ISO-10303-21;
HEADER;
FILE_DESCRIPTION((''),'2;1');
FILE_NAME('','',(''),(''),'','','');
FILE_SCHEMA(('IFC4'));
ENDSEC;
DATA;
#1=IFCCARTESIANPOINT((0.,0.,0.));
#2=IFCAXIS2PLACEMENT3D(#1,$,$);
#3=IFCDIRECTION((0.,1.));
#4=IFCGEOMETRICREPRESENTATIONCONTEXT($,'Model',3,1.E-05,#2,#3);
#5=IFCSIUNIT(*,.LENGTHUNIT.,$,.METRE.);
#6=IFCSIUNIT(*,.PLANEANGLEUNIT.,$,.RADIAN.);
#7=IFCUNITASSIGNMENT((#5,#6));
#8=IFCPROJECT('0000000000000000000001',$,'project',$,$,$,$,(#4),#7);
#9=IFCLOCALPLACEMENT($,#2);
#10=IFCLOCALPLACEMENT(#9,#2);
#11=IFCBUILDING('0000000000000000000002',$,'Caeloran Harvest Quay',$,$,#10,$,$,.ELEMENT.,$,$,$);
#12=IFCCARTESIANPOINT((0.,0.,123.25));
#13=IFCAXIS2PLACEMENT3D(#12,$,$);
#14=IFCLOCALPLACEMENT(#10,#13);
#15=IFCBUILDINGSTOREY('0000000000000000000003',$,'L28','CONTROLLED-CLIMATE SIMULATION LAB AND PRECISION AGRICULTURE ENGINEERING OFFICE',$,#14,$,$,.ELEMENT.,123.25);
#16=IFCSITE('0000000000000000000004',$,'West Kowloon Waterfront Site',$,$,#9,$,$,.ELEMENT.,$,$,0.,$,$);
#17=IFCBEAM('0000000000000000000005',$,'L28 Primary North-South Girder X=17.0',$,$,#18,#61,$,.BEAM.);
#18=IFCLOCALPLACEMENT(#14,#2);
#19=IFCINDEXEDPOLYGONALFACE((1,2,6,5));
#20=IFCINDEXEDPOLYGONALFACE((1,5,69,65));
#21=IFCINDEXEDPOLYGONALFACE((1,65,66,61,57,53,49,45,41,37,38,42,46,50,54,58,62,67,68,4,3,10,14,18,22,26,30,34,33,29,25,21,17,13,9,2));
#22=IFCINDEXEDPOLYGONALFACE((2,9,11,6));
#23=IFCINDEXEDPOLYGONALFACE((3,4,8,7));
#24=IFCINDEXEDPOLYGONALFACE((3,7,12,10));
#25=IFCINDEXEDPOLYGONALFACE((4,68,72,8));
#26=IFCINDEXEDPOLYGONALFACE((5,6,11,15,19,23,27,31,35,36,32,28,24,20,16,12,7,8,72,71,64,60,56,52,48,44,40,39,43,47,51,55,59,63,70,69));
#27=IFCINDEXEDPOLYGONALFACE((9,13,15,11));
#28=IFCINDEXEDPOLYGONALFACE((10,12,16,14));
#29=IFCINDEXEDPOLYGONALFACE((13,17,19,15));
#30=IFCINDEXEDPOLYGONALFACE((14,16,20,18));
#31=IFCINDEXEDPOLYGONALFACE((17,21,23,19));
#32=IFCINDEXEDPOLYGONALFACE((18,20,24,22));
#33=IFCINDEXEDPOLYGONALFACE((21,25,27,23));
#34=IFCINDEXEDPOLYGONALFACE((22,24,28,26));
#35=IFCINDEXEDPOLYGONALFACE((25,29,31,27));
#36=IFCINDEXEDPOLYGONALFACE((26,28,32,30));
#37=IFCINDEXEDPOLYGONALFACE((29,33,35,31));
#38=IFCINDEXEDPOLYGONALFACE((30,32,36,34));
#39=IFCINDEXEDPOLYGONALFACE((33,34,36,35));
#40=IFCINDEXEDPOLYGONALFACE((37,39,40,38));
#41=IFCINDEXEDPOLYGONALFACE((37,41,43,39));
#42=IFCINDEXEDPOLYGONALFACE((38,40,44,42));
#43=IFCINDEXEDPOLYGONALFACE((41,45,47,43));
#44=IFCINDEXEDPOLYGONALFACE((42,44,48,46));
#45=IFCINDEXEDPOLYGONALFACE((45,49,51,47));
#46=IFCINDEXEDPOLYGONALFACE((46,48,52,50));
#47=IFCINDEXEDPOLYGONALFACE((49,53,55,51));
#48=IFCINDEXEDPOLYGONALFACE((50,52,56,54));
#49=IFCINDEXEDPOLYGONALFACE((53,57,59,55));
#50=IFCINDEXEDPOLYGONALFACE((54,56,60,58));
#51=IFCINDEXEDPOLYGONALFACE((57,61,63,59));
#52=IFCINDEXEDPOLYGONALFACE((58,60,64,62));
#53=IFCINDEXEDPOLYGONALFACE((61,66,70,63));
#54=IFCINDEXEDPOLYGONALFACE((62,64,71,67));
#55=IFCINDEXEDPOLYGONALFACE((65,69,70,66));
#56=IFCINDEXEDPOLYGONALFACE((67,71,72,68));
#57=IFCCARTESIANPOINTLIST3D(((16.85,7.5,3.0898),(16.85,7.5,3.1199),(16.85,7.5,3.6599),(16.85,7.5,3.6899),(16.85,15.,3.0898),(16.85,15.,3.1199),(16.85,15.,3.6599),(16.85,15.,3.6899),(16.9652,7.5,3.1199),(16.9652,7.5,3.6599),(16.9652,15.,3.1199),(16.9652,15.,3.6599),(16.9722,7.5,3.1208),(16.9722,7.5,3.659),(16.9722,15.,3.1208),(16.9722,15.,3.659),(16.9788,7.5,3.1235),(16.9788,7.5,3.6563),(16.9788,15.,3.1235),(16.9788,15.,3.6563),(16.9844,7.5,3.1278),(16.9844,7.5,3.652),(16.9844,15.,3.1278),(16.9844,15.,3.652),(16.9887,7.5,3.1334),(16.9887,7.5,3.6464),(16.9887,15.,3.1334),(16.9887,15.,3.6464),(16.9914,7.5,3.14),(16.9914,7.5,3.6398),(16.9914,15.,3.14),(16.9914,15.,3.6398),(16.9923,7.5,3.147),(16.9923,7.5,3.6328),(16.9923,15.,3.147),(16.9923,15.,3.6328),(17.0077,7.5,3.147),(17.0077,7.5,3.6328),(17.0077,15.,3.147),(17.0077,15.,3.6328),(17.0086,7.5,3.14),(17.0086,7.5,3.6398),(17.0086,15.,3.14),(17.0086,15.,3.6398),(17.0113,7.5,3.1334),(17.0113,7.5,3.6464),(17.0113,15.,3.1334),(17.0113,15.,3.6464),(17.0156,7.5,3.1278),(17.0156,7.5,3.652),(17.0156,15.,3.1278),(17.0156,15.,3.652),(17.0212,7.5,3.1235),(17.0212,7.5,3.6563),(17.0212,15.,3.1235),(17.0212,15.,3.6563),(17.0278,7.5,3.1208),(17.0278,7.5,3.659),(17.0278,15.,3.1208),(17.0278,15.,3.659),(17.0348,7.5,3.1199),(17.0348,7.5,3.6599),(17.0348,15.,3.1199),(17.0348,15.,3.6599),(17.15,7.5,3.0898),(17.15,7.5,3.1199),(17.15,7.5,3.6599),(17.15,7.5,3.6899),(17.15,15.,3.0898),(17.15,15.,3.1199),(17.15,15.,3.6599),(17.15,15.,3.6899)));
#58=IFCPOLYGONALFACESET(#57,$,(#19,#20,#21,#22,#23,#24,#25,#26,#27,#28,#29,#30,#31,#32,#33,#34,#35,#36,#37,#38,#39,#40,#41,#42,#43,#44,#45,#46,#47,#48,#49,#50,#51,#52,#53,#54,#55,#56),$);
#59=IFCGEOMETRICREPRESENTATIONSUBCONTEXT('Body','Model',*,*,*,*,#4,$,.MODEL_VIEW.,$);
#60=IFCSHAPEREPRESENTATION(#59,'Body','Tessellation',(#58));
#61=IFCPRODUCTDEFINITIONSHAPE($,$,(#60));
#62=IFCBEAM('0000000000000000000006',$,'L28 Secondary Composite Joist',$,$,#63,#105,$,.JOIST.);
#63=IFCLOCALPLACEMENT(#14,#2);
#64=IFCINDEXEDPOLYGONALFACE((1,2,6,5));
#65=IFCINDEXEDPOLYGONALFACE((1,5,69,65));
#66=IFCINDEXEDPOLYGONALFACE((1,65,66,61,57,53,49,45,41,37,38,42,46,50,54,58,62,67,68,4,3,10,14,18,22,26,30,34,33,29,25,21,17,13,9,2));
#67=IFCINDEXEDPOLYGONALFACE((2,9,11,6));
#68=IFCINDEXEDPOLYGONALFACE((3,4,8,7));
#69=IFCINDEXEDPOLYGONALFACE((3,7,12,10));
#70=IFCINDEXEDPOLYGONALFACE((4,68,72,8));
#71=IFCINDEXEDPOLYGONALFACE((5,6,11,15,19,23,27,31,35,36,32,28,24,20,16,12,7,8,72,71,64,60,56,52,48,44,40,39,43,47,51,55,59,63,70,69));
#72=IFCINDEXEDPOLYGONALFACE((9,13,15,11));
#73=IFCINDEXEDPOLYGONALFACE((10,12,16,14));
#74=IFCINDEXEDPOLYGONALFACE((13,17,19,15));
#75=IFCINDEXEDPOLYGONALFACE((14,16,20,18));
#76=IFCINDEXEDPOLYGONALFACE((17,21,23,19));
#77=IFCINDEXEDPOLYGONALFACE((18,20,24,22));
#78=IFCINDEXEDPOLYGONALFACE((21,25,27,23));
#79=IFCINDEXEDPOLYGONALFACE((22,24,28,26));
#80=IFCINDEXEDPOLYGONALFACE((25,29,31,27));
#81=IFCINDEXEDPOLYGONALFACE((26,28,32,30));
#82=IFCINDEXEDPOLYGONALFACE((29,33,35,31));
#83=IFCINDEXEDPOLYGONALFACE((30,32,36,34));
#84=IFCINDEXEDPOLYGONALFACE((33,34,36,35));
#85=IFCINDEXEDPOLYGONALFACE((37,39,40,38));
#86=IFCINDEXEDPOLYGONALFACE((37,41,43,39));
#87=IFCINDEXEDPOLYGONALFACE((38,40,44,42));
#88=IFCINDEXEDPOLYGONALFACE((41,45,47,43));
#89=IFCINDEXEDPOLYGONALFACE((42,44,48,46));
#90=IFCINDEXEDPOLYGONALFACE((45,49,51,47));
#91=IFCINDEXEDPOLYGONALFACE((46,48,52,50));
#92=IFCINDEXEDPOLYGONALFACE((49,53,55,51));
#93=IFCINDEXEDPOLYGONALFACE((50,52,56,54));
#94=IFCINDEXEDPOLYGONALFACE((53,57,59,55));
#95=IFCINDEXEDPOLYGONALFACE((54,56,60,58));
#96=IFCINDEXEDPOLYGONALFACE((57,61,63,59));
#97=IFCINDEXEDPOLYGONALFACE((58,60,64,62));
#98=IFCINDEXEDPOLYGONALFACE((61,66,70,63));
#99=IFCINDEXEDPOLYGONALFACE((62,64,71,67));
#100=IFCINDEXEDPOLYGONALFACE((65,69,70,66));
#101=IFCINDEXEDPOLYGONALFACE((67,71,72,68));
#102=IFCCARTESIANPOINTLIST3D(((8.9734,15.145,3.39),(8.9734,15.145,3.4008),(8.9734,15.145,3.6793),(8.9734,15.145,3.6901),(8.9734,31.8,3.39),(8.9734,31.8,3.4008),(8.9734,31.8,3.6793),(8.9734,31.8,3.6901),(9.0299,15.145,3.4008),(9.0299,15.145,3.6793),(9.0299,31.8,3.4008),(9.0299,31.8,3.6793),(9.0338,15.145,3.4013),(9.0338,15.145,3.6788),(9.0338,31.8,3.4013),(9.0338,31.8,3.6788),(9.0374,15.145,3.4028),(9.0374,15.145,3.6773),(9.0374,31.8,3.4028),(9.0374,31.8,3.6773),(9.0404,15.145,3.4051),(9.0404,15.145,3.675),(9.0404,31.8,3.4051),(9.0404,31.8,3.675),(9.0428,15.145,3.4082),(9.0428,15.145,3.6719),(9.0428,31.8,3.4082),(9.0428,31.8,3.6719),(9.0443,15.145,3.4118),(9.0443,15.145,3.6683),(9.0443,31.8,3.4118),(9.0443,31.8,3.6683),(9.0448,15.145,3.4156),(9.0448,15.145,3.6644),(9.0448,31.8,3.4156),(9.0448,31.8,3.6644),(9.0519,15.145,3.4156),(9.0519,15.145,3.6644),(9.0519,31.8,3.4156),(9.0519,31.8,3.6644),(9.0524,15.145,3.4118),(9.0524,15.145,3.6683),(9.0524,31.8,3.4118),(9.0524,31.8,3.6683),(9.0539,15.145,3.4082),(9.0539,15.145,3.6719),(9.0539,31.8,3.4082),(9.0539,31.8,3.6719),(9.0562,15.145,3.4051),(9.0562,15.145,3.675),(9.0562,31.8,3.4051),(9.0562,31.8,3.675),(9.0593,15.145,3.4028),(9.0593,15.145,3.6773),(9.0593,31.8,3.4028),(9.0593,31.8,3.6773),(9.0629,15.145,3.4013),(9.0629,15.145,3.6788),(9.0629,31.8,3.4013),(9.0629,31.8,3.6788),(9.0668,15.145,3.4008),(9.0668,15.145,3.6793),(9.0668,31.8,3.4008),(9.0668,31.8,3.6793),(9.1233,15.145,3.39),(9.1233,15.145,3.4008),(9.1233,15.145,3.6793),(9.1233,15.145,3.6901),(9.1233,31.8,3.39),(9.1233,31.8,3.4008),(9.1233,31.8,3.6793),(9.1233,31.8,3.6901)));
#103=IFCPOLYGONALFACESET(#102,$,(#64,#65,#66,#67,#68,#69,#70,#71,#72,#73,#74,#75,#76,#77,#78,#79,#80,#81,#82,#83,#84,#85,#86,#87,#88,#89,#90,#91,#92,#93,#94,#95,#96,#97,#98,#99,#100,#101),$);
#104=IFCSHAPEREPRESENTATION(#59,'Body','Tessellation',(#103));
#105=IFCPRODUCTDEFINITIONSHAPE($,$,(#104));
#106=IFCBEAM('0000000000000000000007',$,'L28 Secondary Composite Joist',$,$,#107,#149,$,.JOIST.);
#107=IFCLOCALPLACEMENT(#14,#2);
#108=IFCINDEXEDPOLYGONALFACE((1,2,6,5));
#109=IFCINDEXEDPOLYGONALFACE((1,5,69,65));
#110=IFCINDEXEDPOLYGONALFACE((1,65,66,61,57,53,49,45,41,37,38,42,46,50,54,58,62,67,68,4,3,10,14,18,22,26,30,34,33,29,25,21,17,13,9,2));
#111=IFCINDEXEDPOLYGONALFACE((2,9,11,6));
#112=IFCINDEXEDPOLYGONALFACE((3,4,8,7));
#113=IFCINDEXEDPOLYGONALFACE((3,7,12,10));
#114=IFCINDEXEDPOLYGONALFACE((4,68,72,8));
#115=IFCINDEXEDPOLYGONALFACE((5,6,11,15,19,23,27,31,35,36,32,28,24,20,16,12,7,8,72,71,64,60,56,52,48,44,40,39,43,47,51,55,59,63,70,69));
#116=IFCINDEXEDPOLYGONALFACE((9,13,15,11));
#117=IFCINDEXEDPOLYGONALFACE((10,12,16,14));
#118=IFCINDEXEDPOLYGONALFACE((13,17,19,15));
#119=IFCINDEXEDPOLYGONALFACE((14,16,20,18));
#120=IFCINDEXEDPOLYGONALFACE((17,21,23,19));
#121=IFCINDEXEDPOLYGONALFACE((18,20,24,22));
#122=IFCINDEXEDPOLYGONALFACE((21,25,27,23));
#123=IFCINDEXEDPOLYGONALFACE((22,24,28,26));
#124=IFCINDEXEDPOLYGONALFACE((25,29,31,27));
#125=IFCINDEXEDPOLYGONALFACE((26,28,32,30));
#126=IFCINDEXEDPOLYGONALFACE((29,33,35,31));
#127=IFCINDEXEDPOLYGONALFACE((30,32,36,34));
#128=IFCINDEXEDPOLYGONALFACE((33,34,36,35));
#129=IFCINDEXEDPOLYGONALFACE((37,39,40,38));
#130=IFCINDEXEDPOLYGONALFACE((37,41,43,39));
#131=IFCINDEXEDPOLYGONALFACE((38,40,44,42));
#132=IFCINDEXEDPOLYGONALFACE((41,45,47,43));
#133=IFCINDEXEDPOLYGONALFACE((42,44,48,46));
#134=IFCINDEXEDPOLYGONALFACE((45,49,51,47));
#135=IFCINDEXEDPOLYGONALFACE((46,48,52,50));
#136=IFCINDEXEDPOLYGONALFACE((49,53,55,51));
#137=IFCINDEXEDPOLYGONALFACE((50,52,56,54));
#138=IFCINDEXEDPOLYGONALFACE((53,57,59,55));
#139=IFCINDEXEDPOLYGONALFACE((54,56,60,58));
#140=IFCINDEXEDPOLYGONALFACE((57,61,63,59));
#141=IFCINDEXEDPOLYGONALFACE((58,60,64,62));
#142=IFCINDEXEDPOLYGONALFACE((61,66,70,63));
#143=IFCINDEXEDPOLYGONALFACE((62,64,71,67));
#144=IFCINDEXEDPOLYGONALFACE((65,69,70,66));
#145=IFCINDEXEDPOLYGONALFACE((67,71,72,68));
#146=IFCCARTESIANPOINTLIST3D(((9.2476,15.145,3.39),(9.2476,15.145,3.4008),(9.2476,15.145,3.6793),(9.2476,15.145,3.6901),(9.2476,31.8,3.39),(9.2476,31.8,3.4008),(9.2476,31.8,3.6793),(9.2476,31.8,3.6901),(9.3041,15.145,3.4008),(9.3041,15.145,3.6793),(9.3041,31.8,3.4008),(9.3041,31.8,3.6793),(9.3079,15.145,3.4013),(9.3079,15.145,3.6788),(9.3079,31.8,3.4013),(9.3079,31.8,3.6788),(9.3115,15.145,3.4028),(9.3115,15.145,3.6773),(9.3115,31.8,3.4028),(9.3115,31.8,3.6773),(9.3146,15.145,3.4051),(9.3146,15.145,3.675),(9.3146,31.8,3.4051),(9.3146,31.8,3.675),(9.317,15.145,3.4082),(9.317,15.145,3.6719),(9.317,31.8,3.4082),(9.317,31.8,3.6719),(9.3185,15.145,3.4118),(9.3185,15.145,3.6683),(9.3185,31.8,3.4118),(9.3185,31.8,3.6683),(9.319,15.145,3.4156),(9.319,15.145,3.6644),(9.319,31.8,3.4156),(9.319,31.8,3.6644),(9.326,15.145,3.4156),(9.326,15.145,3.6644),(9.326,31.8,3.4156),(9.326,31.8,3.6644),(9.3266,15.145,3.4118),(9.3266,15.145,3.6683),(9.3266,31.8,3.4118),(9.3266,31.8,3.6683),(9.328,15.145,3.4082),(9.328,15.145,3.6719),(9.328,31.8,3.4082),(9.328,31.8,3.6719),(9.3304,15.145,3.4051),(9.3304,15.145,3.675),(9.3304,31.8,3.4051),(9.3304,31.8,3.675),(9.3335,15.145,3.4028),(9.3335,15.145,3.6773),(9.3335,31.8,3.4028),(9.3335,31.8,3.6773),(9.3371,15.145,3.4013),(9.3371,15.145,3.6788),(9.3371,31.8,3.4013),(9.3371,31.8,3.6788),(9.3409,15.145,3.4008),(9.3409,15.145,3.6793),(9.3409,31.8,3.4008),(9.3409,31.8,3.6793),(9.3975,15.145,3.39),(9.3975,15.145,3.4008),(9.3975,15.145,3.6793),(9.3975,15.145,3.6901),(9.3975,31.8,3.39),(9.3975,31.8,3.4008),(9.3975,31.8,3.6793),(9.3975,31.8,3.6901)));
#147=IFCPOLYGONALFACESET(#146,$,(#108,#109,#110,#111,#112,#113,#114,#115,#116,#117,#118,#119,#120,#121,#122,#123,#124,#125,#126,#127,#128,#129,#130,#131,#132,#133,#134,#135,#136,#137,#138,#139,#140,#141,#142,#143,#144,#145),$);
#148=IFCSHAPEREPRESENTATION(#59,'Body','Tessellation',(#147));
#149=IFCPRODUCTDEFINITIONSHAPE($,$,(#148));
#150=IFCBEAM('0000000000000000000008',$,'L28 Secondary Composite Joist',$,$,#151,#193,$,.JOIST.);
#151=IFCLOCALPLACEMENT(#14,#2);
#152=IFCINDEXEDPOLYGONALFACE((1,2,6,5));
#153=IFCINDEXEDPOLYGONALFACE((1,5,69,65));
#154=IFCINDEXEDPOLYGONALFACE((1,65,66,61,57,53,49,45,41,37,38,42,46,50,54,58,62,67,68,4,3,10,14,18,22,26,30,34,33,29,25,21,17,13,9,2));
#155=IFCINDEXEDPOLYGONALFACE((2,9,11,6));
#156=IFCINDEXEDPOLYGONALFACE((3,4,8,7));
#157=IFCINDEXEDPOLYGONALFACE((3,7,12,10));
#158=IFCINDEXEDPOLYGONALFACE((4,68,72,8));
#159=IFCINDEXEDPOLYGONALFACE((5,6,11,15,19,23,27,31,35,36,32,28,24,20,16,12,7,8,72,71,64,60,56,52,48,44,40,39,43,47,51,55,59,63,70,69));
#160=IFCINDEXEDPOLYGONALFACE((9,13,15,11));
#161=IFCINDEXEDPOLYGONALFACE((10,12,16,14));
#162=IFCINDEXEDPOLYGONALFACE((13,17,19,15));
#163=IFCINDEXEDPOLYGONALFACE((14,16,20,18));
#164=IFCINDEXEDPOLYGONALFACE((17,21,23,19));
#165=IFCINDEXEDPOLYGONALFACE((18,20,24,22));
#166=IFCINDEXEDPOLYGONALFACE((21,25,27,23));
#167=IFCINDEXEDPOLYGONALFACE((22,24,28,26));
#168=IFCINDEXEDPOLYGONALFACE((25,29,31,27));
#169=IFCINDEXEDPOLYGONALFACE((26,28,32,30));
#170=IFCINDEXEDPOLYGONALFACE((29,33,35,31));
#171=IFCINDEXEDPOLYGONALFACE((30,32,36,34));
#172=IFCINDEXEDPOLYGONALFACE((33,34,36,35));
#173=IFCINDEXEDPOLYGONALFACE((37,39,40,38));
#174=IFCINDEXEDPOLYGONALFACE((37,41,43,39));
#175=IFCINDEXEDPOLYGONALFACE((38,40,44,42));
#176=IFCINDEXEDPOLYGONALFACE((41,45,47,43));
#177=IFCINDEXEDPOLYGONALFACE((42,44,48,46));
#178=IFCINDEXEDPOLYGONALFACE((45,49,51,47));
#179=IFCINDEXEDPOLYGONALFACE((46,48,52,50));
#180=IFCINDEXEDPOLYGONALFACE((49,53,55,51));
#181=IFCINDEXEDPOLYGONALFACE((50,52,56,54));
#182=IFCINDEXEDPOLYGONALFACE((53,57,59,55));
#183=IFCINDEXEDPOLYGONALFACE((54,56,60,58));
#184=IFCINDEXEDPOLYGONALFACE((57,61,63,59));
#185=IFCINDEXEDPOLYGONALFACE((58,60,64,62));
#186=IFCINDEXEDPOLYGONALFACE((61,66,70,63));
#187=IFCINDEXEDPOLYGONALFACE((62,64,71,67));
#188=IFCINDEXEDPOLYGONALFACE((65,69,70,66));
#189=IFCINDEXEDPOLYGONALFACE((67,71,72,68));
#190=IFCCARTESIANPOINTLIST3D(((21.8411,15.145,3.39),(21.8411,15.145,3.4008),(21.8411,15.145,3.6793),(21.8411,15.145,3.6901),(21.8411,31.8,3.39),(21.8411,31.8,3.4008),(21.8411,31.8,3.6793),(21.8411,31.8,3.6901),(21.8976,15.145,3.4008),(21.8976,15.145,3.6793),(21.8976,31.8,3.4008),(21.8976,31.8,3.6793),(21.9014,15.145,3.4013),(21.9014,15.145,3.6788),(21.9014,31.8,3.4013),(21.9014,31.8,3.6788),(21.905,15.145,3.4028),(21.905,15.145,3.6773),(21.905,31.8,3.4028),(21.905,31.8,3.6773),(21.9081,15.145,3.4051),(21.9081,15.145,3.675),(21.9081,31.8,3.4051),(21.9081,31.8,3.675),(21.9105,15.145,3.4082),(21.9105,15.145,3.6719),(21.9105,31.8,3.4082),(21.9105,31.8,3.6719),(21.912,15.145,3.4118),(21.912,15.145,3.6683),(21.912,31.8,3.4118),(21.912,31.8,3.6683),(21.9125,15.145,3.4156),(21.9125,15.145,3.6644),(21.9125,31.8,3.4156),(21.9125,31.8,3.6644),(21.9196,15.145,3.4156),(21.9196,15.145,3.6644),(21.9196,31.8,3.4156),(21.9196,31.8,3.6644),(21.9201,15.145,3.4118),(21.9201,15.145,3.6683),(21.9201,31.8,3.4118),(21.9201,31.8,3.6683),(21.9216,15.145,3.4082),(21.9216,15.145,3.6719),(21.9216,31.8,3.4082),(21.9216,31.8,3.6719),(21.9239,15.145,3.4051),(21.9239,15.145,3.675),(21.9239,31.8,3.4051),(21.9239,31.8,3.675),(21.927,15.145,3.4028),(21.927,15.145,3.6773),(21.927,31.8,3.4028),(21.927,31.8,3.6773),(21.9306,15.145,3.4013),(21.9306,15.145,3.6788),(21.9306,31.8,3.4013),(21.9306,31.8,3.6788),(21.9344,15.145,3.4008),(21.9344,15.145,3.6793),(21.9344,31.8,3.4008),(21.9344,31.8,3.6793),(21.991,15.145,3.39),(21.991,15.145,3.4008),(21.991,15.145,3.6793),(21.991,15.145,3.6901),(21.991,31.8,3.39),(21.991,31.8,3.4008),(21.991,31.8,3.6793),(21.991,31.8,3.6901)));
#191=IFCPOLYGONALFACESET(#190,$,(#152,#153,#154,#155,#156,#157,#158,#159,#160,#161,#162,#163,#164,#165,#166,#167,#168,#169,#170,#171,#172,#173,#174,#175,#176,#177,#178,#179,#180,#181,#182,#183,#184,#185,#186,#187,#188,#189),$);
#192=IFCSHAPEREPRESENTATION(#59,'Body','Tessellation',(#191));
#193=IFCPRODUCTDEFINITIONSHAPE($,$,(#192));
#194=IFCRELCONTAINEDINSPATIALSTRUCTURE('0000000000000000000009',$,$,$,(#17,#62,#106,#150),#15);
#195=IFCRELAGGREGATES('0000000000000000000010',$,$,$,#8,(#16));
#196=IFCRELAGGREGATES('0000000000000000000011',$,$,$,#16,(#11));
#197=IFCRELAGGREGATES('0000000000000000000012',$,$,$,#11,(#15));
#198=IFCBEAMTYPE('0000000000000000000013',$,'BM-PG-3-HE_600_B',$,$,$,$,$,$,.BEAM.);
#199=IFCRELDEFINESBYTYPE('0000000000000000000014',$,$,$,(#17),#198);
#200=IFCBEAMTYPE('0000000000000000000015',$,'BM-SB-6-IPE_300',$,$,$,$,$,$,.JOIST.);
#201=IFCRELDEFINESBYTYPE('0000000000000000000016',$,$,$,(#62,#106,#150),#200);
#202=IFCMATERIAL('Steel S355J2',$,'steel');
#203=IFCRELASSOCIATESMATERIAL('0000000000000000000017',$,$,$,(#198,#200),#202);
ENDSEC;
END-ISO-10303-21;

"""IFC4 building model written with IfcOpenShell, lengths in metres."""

from ifc_helpers import new_model, si_unit, direction, frame, origin, origin_2d, place, context, subcontext, project, spatial, i_section, extrude, material, material_profile, profile_set, type_object, element, save


model = new_model("IFC4")

# Units and contexts
model_context = context("Model", 3, precision=1e-05, world=origin(), true_north=direction((0.0, 1.0)))
body_context = subcontext(model_context, "Body", "Model", "MODEL_VIEW")
ifc_project = project(units=[si_unit("LENGTHUNIT", "METRE"), si_unit("PLANEANGLEUNIT", "RADIAN")], contexts=[model_context])

# Site, building, storey
site_placement = place(None, origin())
site = spatial("IfcSite", under=ifc_project, at=site_placement, Name="West Kowloon Waterfront Site", CompositionType="ELEMENT", RefElevation=0.0)
building_placement = place(site_placement, origin())
building = spatial("IfcBuilding", under=site, at=building_placement, Name="Caeloran Harvest Quay", CompositionType="ELEMENT")
storey_placement = place(building_placement, frame((0.0, 0.0, 123.25)))
storey = spatial("IfcBuildingStorey", under=building, at=storey_placement, Name="L28", Description="CONTROLLED-CLIMATE SIMULATION LAB AND PRECISION AGRICULTURE ENGINEERING OFFICE", CompositionType="ELEMENT", Elevation=123.25)

# Beams
ifc_material_1 = material(Name="Steel S355J2", Category="steel")
ifc_material_profile_1 = material_profile(ifc_material_1, i_section(OverallWidth=0.3, OverallDepth=0.6001, WebThickness=0.0154, FlangeThickness=0.03, FilletRadius=0.0271, at=origin_2d()), Name="HE 600 B")
ifc_profile_set_1 = profile_set([ifc_material_profile_1], Name="Steel S355J2")
beam_type_1 = type_object("IfcBeamType", Name="BM-PG-3-HE_600_B", PredefinedType="BEAM", material=ifc_profile_set_1)
beam_1_placement = place(storey_placement, frame((17.0, 7.5, 3.3899), z_axis=(0.0, 1.0, 0.0), x_axis=(-1.0, 0.0, 0.0)))
element("IfcBeam", 1, at=beam_1_placement, inside=storey, type_object=beam_type_1, Name="L28 Primary North-South Girder X=17.0", PredefinedType="BEAM", context=body_context, shape_type="SweptSolid", body=[
    extrude(i_section(OverallWidth=0.3, OverallDepth=0.6001, WebThickness=0.0154, FlangeThickness=0.03, FilletRadius=0.0271, at=origin_2d()), origin(), (0.0, 0.0, 1.0), 7.5),
])
ifc_material_profile_2 = material_profile(ifc_material_1, i_section(OverallWidth=0.1499, OverallDepth=0.3, WebThickness=0.0071, FlangeThickness=0.0107, FilletRadius=0.0149, at=origin_2d()), Name="IPE 300")
ifc_profile_set_2 = profile_set([ifc_material_profile_2], Name="Steel S355J2")
beam_type_2 = type_object("IfcBeamType", Name="BM-SB-6-IPE_300", PredefinedType="JOIST", material=ifc_profile_set_2)
for number, where, z_axis, x_axis, name in (
    (2, (9.0483, 15.145, 3.54), (0.0, 1.0, 0.0), (-1.0, 0.0, 0.0), "L28 Secondary Composite Joist"),
    (3, (9.3225, 15.145, 3.54), (0.0, 1.0, 0.0), (-1.0, 0.0, 0.0), "L28 Secondary Composite Joist"),
    (4, (21.916, 15.145, 3.54), (0.0, 1.0, 0.0), (-1.0, 0.0, 0.0), "L28 Secondary Composite Joist"),
):
    element("IfcBeam", number, at=place(storey_placement, frame(where, z_axis=z_axis, x_axis=x_axis)), inside=storey, type_object=beam_type_2, Name=name, PredefinedType="JOIST", context=body_context, shape_type="SweptSolid", body=[
        extrude(i_section(OverallWidth=0.1499, OverallDepth=0.3, WebThickness=0.0071, FlangeThickness=0.0107, FilletRadius=0.0149, at=origin_2d()), origin(), (0.0, 0.0, 1.0), 16.655),
    ])

save(model, "model.ifc")
